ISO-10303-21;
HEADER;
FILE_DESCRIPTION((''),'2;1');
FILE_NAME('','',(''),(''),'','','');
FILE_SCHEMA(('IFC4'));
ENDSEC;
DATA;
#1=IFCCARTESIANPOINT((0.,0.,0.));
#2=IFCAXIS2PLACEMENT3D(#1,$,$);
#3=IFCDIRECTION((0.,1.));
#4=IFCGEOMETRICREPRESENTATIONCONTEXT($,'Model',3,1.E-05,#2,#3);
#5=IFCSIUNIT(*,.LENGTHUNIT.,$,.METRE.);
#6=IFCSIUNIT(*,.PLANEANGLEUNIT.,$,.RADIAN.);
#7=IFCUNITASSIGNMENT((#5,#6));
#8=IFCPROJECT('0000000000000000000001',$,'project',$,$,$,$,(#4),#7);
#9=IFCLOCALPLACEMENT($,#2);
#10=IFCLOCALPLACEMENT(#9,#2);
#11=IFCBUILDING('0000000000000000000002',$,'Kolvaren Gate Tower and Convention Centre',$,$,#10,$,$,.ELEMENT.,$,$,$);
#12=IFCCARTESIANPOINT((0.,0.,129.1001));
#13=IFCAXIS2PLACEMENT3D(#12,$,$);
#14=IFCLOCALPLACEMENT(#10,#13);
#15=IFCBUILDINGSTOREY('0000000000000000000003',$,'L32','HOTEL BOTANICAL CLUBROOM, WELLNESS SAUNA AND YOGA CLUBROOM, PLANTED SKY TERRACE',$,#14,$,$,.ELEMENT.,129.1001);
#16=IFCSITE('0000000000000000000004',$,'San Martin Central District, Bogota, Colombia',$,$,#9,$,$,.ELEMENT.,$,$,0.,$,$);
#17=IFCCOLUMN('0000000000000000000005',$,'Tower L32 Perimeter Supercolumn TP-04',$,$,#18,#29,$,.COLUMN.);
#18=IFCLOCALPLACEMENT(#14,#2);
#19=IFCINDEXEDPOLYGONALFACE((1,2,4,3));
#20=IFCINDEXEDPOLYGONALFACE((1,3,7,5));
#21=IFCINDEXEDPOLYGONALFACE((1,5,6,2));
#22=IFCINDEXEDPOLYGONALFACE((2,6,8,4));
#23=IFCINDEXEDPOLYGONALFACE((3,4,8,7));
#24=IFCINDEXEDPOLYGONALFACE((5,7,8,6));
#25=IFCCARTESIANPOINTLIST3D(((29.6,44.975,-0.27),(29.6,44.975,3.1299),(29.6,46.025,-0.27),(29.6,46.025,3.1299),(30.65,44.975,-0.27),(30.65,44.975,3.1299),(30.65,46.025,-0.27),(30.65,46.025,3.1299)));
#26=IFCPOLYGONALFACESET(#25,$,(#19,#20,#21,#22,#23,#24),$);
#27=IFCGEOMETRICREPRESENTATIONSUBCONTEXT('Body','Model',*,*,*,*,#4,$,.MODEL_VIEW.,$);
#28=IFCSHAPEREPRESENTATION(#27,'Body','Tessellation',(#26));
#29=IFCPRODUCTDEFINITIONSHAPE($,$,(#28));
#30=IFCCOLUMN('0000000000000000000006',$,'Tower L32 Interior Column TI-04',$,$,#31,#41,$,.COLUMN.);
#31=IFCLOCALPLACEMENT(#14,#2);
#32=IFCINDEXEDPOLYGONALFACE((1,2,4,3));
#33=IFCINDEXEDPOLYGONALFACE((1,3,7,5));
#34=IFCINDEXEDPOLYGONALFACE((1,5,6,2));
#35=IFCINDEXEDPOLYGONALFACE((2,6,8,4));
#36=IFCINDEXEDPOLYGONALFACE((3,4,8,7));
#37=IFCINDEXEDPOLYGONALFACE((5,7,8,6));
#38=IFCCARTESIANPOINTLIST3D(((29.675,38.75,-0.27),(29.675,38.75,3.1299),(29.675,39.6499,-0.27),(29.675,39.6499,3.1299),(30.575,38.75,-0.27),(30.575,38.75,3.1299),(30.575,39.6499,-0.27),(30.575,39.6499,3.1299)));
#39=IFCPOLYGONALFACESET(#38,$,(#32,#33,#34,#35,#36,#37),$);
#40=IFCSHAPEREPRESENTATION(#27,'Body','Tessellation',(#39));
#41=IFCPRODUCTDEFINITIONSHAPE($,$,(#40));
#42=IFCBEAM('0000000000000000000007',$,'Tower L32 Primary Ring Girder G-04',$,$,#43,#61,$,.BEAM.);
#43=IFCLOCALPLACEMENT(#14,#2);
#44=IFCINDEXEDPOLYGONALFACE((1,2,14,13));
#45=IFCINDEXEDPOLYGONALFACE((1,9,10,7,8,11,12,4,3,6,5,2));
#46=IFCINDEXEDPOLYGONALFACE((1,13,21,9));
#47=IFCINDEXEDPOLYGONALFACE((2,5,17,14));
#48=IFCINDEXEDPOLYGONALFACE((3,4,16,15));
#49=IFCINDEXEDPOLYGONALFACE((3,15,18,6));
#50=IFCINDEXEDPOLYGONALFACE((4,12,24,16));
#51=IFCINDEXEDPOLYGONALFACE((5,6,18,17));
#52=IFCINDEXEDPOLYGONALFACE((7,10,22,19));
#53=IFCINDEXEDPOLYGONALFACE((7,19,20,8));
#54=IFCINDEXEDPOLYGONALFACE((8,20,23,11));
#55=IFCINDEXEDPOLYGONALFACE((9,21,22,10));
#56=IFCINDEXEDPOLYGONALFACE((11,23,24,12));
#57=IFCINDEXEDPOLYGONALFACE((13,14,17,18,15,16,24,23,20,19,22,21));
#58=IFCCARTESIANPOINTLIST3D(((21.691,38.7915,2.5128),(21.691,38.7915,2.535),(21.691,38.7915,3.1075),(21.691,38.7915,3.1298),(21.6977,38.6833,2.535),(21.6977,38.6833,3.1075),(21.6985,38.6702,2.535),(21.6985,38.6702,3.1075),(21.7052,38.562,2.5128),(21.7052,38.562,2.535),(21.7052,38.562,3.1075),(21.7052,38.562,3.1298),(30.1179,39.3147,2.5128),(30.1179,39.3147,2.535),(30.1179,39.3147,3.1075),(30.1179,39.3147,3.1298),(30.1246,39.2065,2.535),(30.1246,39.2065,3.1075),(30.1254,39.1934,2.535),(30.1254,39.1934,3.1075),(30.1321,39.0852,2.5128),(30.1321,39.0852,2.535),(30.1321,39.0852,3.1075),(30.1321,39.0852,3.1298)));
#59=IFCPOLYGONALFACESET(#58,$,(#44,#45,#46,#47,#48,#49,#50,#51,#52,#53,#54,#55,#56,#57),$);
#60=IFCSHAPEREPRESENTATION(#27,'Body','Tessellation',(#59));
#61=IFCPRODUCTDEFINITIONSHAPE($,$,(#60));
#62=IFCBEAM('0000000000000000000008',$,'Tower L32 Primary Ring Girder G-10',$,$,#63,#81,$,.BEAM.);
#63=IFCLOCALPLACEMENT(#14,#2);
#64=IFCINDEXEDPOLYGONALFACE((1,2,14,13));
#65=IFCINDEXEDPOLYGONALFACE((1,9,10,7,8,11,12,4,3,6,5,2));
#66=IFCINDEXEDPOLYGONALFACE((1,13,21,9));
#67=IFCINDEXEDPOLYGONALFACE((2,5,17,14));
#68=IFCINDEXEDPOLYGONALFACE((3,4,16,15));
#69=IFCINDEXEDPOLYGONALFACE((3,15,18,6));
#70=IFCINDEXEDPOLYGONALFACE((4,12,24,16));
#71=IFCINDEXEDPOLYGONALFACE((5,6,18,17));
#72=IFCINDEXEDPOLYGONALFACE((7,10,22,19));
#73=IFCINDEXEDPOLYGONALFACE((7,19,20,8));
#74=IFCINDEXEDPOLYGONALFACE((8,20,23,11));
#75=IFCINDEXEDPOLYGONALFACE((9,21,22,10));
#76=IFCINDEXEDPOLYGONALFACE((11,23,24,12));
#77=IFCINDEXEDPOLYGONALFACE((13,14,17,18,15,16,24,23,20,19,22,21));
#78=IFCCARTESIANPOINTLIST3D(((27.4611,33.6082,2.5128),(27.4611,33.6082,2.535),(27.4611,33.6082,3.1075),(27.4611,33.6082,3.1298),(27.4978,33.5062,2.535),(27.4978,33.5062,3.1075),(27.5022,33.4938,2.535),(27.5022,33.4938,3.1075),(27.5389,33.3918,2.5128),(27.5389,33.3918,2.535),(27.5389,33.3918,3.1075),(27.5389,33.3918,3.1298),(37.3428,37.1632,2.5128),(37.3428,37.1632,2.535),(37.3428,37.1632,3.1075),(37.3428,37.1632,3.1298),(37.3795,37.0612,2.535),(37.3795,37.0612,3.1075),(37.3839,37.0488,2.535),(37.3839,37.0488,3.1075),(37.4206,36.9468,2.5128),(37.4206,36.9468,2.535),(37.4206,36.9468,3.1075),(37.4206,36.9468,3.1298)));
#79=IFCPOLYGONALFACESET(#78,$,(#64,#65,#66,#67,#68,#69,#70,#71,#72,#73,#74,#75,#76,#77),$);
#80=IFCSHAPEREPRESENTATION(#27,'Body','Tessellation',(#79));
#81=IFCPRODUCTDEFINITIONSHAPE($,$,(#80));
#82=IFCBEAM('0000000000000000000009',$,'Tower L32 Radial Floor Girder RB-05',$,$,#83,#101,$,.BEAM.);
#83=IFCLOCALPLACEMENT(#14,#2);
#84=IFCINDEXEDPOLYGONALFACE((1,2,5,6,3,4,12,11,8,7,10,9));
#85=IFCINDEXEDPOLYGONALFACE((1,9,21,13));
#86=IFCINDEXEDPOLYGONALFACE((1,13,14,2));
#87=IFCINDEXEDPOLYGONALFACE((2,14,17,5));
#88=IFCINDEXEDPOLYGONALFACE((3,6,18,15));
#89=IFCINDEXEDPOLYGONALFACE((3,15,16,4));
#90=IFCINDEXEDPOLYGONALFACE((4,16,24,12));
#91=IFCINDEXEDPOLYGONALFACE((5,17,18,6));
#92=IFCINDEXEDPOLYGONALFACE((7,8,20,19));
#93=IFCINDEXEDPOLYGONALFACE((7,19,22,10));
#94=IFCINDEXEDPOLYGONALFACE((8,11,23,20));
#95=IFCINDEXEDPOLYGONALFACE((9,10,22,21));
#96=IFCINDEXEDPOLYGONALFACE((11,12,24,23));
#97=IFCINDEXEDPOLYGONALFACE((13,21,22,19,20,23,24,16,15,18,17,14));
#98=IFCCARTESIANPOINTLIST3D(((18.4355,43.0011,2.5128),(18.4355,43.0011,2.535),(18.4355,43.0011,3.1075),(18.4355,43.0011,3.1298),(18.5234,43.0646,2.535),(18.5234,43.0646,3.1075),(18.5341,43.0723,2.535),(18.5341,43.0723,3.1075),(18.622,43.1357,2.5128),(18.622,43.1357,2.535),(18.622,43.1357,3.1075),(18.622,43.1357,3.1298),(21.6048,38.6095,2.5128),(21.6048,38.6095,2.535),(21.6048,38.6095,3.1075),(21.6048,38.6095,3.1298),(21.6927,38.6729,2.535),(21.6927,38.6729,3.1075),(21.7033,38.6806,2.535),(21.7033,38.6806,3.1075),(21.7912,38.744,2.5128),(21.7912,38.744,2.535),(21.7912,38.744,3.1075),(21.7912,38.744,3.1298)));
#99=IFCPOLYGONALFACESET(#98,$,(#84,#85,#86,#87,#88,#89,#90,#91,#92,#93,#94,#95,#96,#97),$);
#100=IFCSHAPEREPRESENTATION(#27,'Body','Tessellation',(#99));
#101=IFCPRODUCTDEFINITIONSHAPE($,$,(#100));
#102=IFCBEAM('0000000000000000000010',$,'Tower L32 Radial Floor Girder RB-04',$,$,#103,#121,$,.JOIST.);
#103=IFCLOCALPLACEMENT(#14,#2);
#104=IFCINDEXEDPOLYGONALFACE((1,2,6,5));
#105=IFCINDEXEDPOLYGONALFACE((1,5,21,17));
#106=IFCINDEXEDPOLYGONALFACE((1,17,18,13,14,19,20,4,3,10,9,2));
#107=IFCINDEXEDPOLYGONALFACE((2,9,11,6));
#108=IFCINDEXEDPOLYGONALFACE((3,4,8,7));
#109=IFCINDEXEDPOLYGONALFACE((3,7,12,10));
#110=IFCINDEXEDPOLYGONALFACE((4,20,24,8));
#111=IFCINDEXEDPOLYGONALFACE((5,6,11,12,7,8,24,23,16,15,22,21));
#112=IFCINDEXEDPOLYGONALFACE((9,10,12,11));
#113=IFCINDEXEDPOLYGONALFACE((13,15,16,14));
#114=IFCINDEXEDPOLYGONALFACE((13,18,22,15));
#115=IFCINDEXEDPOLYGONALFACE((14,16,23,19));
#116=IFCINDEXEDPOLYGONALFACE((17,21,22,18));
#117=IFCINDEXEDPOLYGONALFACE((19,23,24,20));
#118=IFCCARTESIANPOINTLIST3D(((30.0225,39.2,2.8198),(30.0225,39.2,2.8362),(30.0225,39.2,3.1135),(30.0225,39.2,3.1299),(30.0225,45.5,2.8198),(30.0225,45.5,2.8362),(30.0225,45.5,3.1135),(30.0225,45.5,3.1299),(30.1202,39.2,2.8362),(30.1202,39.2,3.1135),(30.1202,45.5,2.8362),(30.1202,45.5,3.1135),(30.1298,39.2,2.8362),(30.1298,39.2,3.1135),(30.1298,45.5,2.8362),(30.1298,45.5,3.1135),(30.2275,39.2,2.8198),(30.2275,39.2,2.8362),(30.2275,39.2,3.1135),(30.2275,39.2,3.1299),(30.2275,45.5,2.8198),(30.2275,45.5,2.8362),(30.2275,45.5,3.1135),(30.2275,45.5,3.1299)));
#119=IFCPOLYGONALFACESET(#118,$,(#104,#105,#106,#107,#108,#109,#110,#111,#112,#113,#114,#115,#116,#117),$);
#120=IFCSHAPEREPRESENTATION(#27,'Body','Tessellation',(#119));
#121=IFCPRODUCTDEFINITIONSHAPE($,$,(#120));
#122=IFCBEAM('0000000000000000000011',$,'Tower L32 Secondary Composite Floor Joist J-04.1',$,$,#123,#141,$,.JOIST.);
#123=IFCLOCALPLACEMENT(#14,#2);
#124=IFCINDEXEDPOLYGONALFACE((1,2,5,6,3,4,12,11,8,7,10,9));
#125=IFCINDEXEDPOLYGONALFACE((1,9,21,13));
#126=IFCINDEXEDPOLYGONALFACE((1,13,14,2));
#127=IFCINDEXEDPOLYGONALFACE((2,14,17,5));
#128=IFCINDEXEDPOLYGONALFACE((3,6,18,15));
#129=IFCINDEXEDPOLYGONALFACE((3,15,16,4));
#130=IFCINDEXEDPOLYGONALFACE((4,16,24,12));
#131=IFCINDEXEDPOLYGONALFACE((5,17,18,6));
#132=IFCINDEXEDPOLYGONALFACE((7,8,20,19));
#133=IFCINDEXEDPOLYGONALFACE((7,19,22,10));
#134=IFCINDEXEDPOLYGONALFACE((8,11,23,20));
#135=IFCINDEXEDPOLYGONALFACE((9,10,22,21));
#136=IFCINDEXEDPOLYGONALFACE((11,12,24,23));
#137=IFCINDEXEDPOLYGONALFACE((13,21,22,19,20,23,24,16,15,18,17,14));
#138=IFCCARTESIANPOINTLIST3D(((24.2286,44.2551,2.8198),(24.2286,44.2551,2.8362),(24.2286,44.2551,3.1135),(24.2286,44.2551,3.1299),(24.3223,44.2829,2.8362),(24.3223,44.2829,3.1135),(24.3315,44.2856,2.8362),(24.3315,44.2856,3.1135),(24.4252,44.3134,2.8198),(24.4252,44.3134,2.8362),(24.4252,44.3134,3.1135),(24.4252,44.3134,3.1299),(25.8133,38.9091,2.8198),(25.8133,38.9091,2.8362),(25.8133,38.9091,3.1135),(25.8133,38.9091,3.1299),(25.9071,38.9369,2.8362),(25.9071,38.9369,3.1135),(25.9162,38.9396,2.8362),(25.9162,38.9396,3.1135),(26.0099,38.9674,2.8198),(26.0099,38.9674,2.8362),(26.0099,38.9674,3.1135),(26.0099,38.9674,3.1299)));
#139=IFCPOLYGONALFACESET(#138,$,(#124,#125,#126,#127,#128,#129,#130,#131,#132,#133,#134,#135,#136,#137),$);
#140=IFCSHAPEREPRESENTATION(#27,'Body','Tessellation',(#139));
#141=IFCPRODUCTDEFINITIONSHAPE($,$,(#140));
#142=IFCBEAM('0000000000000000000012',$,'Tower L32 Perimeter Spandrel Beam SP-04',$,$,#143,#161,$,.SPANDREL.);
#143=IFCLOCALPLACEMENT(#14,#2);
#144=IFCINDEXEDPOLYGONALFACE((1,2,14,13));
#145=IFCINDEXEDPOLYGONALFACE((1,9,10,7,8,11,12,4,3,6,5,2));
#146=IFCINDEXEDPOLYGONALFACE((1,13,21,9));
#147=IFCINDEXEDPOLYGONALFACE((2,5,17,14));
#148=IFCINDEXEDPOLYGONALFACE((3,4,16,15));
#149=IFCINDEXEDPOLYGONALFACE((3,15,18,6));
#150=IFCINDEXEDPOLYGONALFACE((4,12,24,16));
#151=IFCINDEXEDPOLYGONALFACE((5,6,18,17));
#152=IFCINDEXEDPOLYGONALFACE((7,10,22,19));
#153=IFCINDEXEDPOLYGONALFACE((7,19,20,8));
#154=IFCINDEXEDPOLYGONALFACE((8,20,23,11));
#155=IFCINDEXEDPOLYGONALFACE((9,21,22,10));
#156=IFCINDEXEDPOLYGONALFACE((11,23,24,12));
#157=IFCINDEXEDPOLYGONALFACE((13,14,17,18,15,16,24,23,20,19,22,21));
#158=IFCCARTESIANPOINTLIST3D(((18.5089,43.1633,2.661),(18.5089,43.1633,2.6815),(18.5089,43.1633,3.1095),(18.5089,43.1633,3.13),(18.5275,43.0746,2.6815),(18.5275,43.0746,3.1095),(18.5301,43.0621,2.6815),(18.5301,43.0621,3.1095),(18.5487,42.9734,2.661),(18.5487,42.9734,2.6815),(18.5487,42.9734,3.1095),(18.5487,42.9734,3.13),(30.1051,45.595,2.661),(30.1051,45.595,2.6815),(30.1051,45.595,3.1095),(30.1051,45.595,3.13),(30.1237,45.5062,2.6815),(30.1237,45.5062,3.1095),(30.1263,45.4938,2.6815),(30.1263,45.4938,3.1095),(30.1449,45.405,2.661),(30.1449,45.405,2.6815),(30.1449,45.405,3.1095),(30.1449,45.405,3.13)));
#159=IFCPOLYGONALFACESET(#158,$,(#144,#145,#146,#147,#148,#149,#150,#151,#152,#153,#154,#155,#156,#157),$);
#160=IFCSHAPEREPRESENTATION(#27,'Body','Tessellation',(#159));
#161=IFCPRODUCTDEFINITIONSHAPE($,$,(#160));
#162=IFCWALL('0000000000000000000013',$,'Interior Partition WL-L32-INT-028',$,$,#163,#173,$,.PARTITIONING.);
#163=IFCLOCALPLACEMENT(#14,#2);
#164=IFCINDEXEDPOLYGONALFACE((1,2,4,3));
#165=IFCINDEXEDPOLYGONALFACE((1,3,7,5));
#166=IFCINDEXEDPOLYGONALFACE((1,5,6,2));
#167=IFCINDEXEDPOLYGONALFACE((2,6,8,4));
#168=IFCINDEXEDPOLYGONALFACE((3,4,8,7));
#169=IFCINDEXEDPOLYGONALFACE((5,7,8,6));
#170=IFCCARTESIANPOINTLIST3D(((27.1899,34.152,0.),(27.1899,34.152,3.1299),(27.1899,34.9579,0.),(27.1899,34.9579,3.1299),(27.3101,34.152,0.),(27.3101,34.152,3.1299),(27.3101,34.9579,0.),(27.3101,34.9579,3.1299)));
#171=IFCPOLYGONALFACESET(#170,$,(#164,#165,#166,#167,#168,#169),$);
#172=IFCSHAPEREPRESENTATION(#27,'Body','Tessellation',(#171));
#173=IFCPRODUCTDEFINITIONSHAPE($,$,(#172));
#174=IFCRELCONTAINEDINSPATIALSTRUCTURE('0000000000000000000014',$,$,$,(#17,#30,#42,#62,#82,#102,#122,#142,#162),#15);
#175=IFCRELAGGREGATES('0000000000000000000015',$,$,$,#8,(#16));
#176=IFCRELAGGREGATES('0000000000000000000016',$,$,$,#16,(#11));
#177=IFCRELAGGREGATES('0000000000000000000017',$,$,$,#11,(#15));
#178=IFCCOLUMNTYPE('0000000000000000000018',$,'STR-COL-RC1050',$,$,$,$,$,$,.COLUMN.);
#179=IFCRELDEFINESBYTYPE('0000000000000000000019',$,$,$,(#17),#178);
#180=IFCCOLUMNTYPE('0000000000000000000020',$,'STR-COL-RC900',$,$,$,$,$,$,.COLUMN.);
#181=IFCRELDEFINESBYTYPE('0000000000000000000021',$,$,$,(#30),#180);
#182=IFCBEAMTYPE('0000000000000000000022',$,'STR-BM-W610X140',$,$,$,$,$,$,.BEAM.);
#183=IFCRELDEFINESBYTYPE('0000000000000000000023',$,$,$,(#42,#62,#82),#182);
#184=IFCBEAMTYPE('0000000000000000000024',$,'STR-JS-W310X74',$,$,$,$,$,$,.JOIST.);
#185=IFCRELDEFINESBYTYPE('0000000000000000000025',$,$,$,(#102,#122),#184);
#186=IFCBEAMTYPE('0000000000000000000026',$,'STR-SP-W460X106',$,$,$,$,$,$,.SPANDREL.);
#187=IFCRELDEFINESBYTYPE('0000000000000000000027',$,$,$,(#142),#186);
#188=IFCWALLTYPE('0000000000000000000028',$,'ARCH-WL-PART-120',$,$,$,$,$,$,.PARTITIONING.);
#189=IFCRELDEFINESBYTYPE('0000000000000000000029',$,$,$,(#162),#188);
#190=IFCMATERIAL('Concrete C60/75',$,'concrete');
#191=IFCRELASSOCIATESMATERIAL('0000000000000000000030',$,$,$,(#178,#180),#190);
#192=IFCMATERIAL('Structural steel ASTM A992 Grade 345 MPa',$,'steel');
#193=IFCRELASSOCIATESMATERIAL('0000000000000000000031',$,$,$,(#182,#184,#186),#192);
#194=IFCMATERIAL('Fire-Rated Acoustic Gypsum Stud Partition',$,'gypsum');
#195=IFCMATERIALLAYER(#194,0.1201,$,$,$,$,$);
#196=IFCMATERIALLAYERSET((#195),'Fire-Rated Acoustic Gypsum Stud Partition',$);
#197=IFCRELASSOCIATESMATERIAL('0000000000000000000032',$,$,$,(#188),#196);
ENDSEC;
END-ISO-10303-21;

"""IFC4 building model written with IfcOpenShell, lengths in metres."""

from ifc_helpers import new_model, si_unit, direction, frame, frame_2d, origin, origin_2d, place, context, subcontext, project, spatial, rectangle, i_section, extrude, material, layer, layer_set, material_profile, profile_set, type_object, element, save


model = new_model("IFC4")

# Units and contexts
model_context = context("Model", 3, precision=1e-05, world=origin(), true_north=direction((0.0, 1.0)))
body_context = subcontext(model_context, "Body", "Model", "MODEL_VIEW")
ifc_project = project(units=[si_unit("LENGTHUNIT", "METRE"), si_unit("PLANEANGLEUNIT", "RADIAN")], contexts=[model_context])

# Site, building, storey
site_placement = place(None, origin())
site = spatial("IfcSite", under=ifc_project, at=site_placement, Name="San Martin Central District, Bogota, Colombia", CompositionType="ELEMENT", RefElevation=0.0)
building_placement = place(site_placement, origin())
building = spatial("IfcBuilding", under=site, at=building_placement, Name="Kolvaren Gate Tower and Convention Centre", CompositionType="ELEMENT")
storey_placement = place(building_placement, frame((0.0, 0.0, 129.1001)))
storey = spatial("IfcBuildingStorey", under=building, at=storey_placement, Name="L32", Description="HOTEL BOTANICAL CLUBROOM, WELLNESS SAUNA AND YOGA CLUBROOM, PLANTED SKY TERRACE", CompositionType="ELEMENT", Elevation=129.1001)

# Columns
ifc_material_1 = material(Name="Concrete C60/75", Category="concrete")
ifc_material_profile_1 = material_profile(ifc_material_1, rectangle(XDim=1.05, YDim=1.05, at=origin_2d()), Name="RC-COL-1050X1050")
ifc_profile_set_1 = profile_set([ifc_material_profile_1], Name="Concrete C60/75")
column_type_1 = type_object("IfcColumnType", Name="STR-COL-RC1050", PredefinedType="COLUMN", material=ifc_profile_set_1)
column_1_placement = place(storey_placement, frame((30.125, 45.5, -0.27), z_axis=(0.0, 0.0, 1.0), x_axis=(1.0, 0.0, 0.0)))
element("IfcColumn", 1, at=column_1_placement, inside=storey, type_object=column_type_1, Name="Tower L32 Perimeter Supercolumn TP-04", PredefinedType="COLUMN", context=body_context, shape_type="SweptSolid", body=[
    extrude(rectangle(XDim=1.05, YDim=1.05, at=origin_2d()), origin(), (0.0, 0.0, 1.0), 3.3999),
])
ifc_material_profile_2 = material_profile(ifc_material_1, rectangle(XDim=0.8999, YDim=0.8999, at=origin_2d()), Name="RC-COL-900X900")
ifc_profile_set_2 = profile_set([ifc_material_profile_2], Name="Concrete C60/75")
column_type_2 = type_object("IfcColumnType", Name="STR-COL-RC900", PredefinedType="COLUMN", material=ifc_profile_set_2)
column_2_placement = place(storey_placement, frame((30.125, 39.2, -0.27), z_axis=(0.0, 0.0, 1.0), x_axis=(1.0, 0.0, 0.0)))
element("IfcColumn", 2, at=column_2_placement, inside=storey, type_object=column_type_2, Name="Tower L32 Interior Column TI-04", PredefinedType="COLUMN", context=body_context, shape_type="SweptSolid", body=[
    extrude(rectangle(XDim=0.8999, YDim=0.8999, at=origin_2d()), origin(), (0.0, 0.0, 1.0), 3.3999),
])

# Beams
ifc_material_2 = material(Name="Structural steel ASTM A992 Grade 345 MPa", Category="steel")
ifc_material_profile_3 = material_profile(ifc_material_2, i_section(OverallWidth=0.23, OverallDepth=0.6169, WebThickness=0.0132, FlangeThickness=0.0222, at=origin_2d()), Name="W610X140")
ifc_profile_set_3 = profile_set([ifc_material_profile_3], Name="Structural steel ASTM A992 Grade 345 MPa")
beam_type_1 = type_object("IfcBeamType", Name="STR-BM-W610X140", PredefinedType="BEAM", material=ifc_profile_set_3)
beam_1_placement = place(storey_placement, frame((30.125, 39.2, 2.8213), z_axis=(-0.998078, -0.061966, 0.0), x_axis=(0.061966, -0.998078, 0.0)))
element("IfcBeam", 3, at=beam_1_placement, inside=storey, type_object=beam_type_1, Name="Tower L32 Primary Ring Girder G-04", PredefinedType="BEAM", context=body_context, shape_type="SweptSolid", body=[
    extrude(i_section(OverallWidth=0.23, OverallDepth=0.6169, WebThickness=0.0132, FlangeThickness=0.0222, at=origin_2d()), origin(), (0.0, 0.0, 1.0), 8.4431),
])
beam_2_placement = place(storey_placement, frame((27.5, 33.5, 2.8213), z_axis=(0.940961, 0.338514, 0.0), x_axis=(-0.338514, 0.940961, 0.0)))
element("IfcBeam", 4, at=beam_2_placement, inside=storey, type_object=beam_type_1, Name="Tower L32 Primary Ring Girder G-10", PredefinedType="BEAM", context=body_context, shape_type="SweptSolid", body=[
    extrude(i_section(OverallWidth=0.23, OverallDepth=0.6169, WebThickness=0.0132, FlangeThickness=0.0222, at=origin_2d()), origin(), (0.0, 0.0, 1.0), 10.5017),
])
beam_3_placement = place(storey_placement, frame((21.698, 38.6768, 2.8213), z_axis=(-0.585184, 0.8109, 0.0), x_axis=(-0.8109, -0.585184, 0.0)))
element("IfcBeam", 5, at=beam_3_placement, inside=storey, type_object=beam_type_1, Name="Tower L32 Radial Floor Girder RB-05", PredefinedType="BEAM", context=body_context, shape_type="SweptSolid", body=[
    extrude(i_section(OverallWidth=0.23, OverallDepth=0.6169, WebThickness=0.0132, FlangeThickness=0.0222, at=origin_2d()), origin(), (0.0, 0.0, 1.0), 5.4158),
])
ifc_material_profile_4 = material_profile(ifc_material_2, i_section(OverallWidth=0.2051, OverallDepth=0.3101, WebThickness=0.0095, FlangeThickness=0.0164, at=origin_2d()), Name="W310X74")
ifc_profile_set_4 = profile_set([ifc_material_profile_4], Name="Structural steel ASTM A992 Grade 345 MPa")
beam_type_2 = type_object("IfcBeamType", Name="STR-JS-W310X74", PredefinedType="JOIST", material=ifc_profile_set_4)
beam_4_placement = place(storey_placement, frame((30.125, 39.2, 2.9749), z_axis=(0.0, 1.0, 0.0), x_axis=(-1.0, 0.0, 0.0)))
element("IfcBeam", 6, at=beam_4_placement, inside=storey, type_object=beam_type_2, Name="Tower L32 Radial Floor Girder RB-04", PredefinedType="JOIST", context=body_context, shape_type="SweptSolid", body=[
    extrude(i_section(OverallWidth=0.2051, OverallDepth=0.3101, WebThickness=0.0095, FlangeThickness=0.0164, at=origin_2d()), origin(), (0.0, 0.0, 1.0), 6.3),
])
beam_5_placement = place(storey_placement, frame((25.9116, 38.9382, 2.9749), z_axis=(-0.284209, 0.958762, 0.0), x_axis=(-0.958762, -0.284209, 0.0)))
element("IfcBeam", 7, at=beam_5_placement, inside=storey, type_object=beam_type_2, Name="Tower L32 Secondary Composite Floor Joist J-04.1", PredefinedType="JOIST", context=body_context, shape_type="SweptSolid", body=[
    extrude(i_section(OverallWidth=0.2051, OverallDepth=0.3101, WebThickness=0.0095, FlangeThickness=0.0164, at=origin_2d()), origin(), (0.0, 0.0, 1.0), 5.5759),
])
ifc_material_profile_5 = material_profile(ifc_material_2, i_section(OverallWidth=0.1941, OverallDepth=0.469, WebThickness=0.0127, FlangeThickness=0.0205, at=origin_2d()), Name="W460X106")
ifc_profile_set_5 = profile_set([ifc_material_profile_5], Name="Structural steel ASTM A992 Grade 345 MPa")
beam_type_3 = type_object("IfcBeamType", Name="STR-SP-W460X106", PredefinedType="SPANDREL", material=ifc_profile_set_5)
beam_6_placement = place(storey_placement, frame((30.125, 45.5, 2.8955), z_axis=(-0.978714, -0.205229, 0.0), x_axis=(0.205229, -0.978714, 0.0)))
element("IfcBeam", 8, at=beam_6_placement, inside=storey, type_object=beam_type_3, Name="Tower L32 Perimeter Spandrel Beam SP-04", PredefinedType="SPANDREL", context=body_context, shape_type="SweptSolid", body=[
    extrude(i_section(OverallWidth=0.1941, OverallDepth=0.469, WebThickness=0.0127, FlangeThickness=0.0205, at=origin_2d()), origin(), (0.0, 0.0, 1.0), 11.8484),
])

# Wall
ifc_material_3 = material(Name="Fire-Rated Acoustic Gypsum Stud Partition", Category="gypsum")
ifc_layer_1 = layer(ifc_material_3, 0.1201)
ifc_layer_set_1 = layer_set([ifc_layer_1], Name="Fire-Rated Acoustic Gypsum Stud Partition")
wall_type_1 = type_object("IfcWallType", Name="ARCH-WL-PART-120", PredefinedType="PARTITIONING", material=ifc_layer_set_1)
wall_1_placement = place(storey_placement, frame((27.25, 34.1521, 0.0), z_axis=(0.0, 0.0, 1.0), x_axis=(0.0, 1.0, 0.0)))
element("IfcWall", 9, at=wall_1_placement, inside=storey, type_object=wall_type_1, Name="Interior Partition WL-L32-INT-028", PredefinedType="PARTITIONING", context=body_context, shape_type="SweptSolid", body=[
    extrude(rectangle(XDim=0.8059, YDim=0.1201, at=frame_2d((0.4028, 0.0))), origin(), (0.0, 0.0, 1.0), 3.1299),
])

save(model, "model.ifc")
